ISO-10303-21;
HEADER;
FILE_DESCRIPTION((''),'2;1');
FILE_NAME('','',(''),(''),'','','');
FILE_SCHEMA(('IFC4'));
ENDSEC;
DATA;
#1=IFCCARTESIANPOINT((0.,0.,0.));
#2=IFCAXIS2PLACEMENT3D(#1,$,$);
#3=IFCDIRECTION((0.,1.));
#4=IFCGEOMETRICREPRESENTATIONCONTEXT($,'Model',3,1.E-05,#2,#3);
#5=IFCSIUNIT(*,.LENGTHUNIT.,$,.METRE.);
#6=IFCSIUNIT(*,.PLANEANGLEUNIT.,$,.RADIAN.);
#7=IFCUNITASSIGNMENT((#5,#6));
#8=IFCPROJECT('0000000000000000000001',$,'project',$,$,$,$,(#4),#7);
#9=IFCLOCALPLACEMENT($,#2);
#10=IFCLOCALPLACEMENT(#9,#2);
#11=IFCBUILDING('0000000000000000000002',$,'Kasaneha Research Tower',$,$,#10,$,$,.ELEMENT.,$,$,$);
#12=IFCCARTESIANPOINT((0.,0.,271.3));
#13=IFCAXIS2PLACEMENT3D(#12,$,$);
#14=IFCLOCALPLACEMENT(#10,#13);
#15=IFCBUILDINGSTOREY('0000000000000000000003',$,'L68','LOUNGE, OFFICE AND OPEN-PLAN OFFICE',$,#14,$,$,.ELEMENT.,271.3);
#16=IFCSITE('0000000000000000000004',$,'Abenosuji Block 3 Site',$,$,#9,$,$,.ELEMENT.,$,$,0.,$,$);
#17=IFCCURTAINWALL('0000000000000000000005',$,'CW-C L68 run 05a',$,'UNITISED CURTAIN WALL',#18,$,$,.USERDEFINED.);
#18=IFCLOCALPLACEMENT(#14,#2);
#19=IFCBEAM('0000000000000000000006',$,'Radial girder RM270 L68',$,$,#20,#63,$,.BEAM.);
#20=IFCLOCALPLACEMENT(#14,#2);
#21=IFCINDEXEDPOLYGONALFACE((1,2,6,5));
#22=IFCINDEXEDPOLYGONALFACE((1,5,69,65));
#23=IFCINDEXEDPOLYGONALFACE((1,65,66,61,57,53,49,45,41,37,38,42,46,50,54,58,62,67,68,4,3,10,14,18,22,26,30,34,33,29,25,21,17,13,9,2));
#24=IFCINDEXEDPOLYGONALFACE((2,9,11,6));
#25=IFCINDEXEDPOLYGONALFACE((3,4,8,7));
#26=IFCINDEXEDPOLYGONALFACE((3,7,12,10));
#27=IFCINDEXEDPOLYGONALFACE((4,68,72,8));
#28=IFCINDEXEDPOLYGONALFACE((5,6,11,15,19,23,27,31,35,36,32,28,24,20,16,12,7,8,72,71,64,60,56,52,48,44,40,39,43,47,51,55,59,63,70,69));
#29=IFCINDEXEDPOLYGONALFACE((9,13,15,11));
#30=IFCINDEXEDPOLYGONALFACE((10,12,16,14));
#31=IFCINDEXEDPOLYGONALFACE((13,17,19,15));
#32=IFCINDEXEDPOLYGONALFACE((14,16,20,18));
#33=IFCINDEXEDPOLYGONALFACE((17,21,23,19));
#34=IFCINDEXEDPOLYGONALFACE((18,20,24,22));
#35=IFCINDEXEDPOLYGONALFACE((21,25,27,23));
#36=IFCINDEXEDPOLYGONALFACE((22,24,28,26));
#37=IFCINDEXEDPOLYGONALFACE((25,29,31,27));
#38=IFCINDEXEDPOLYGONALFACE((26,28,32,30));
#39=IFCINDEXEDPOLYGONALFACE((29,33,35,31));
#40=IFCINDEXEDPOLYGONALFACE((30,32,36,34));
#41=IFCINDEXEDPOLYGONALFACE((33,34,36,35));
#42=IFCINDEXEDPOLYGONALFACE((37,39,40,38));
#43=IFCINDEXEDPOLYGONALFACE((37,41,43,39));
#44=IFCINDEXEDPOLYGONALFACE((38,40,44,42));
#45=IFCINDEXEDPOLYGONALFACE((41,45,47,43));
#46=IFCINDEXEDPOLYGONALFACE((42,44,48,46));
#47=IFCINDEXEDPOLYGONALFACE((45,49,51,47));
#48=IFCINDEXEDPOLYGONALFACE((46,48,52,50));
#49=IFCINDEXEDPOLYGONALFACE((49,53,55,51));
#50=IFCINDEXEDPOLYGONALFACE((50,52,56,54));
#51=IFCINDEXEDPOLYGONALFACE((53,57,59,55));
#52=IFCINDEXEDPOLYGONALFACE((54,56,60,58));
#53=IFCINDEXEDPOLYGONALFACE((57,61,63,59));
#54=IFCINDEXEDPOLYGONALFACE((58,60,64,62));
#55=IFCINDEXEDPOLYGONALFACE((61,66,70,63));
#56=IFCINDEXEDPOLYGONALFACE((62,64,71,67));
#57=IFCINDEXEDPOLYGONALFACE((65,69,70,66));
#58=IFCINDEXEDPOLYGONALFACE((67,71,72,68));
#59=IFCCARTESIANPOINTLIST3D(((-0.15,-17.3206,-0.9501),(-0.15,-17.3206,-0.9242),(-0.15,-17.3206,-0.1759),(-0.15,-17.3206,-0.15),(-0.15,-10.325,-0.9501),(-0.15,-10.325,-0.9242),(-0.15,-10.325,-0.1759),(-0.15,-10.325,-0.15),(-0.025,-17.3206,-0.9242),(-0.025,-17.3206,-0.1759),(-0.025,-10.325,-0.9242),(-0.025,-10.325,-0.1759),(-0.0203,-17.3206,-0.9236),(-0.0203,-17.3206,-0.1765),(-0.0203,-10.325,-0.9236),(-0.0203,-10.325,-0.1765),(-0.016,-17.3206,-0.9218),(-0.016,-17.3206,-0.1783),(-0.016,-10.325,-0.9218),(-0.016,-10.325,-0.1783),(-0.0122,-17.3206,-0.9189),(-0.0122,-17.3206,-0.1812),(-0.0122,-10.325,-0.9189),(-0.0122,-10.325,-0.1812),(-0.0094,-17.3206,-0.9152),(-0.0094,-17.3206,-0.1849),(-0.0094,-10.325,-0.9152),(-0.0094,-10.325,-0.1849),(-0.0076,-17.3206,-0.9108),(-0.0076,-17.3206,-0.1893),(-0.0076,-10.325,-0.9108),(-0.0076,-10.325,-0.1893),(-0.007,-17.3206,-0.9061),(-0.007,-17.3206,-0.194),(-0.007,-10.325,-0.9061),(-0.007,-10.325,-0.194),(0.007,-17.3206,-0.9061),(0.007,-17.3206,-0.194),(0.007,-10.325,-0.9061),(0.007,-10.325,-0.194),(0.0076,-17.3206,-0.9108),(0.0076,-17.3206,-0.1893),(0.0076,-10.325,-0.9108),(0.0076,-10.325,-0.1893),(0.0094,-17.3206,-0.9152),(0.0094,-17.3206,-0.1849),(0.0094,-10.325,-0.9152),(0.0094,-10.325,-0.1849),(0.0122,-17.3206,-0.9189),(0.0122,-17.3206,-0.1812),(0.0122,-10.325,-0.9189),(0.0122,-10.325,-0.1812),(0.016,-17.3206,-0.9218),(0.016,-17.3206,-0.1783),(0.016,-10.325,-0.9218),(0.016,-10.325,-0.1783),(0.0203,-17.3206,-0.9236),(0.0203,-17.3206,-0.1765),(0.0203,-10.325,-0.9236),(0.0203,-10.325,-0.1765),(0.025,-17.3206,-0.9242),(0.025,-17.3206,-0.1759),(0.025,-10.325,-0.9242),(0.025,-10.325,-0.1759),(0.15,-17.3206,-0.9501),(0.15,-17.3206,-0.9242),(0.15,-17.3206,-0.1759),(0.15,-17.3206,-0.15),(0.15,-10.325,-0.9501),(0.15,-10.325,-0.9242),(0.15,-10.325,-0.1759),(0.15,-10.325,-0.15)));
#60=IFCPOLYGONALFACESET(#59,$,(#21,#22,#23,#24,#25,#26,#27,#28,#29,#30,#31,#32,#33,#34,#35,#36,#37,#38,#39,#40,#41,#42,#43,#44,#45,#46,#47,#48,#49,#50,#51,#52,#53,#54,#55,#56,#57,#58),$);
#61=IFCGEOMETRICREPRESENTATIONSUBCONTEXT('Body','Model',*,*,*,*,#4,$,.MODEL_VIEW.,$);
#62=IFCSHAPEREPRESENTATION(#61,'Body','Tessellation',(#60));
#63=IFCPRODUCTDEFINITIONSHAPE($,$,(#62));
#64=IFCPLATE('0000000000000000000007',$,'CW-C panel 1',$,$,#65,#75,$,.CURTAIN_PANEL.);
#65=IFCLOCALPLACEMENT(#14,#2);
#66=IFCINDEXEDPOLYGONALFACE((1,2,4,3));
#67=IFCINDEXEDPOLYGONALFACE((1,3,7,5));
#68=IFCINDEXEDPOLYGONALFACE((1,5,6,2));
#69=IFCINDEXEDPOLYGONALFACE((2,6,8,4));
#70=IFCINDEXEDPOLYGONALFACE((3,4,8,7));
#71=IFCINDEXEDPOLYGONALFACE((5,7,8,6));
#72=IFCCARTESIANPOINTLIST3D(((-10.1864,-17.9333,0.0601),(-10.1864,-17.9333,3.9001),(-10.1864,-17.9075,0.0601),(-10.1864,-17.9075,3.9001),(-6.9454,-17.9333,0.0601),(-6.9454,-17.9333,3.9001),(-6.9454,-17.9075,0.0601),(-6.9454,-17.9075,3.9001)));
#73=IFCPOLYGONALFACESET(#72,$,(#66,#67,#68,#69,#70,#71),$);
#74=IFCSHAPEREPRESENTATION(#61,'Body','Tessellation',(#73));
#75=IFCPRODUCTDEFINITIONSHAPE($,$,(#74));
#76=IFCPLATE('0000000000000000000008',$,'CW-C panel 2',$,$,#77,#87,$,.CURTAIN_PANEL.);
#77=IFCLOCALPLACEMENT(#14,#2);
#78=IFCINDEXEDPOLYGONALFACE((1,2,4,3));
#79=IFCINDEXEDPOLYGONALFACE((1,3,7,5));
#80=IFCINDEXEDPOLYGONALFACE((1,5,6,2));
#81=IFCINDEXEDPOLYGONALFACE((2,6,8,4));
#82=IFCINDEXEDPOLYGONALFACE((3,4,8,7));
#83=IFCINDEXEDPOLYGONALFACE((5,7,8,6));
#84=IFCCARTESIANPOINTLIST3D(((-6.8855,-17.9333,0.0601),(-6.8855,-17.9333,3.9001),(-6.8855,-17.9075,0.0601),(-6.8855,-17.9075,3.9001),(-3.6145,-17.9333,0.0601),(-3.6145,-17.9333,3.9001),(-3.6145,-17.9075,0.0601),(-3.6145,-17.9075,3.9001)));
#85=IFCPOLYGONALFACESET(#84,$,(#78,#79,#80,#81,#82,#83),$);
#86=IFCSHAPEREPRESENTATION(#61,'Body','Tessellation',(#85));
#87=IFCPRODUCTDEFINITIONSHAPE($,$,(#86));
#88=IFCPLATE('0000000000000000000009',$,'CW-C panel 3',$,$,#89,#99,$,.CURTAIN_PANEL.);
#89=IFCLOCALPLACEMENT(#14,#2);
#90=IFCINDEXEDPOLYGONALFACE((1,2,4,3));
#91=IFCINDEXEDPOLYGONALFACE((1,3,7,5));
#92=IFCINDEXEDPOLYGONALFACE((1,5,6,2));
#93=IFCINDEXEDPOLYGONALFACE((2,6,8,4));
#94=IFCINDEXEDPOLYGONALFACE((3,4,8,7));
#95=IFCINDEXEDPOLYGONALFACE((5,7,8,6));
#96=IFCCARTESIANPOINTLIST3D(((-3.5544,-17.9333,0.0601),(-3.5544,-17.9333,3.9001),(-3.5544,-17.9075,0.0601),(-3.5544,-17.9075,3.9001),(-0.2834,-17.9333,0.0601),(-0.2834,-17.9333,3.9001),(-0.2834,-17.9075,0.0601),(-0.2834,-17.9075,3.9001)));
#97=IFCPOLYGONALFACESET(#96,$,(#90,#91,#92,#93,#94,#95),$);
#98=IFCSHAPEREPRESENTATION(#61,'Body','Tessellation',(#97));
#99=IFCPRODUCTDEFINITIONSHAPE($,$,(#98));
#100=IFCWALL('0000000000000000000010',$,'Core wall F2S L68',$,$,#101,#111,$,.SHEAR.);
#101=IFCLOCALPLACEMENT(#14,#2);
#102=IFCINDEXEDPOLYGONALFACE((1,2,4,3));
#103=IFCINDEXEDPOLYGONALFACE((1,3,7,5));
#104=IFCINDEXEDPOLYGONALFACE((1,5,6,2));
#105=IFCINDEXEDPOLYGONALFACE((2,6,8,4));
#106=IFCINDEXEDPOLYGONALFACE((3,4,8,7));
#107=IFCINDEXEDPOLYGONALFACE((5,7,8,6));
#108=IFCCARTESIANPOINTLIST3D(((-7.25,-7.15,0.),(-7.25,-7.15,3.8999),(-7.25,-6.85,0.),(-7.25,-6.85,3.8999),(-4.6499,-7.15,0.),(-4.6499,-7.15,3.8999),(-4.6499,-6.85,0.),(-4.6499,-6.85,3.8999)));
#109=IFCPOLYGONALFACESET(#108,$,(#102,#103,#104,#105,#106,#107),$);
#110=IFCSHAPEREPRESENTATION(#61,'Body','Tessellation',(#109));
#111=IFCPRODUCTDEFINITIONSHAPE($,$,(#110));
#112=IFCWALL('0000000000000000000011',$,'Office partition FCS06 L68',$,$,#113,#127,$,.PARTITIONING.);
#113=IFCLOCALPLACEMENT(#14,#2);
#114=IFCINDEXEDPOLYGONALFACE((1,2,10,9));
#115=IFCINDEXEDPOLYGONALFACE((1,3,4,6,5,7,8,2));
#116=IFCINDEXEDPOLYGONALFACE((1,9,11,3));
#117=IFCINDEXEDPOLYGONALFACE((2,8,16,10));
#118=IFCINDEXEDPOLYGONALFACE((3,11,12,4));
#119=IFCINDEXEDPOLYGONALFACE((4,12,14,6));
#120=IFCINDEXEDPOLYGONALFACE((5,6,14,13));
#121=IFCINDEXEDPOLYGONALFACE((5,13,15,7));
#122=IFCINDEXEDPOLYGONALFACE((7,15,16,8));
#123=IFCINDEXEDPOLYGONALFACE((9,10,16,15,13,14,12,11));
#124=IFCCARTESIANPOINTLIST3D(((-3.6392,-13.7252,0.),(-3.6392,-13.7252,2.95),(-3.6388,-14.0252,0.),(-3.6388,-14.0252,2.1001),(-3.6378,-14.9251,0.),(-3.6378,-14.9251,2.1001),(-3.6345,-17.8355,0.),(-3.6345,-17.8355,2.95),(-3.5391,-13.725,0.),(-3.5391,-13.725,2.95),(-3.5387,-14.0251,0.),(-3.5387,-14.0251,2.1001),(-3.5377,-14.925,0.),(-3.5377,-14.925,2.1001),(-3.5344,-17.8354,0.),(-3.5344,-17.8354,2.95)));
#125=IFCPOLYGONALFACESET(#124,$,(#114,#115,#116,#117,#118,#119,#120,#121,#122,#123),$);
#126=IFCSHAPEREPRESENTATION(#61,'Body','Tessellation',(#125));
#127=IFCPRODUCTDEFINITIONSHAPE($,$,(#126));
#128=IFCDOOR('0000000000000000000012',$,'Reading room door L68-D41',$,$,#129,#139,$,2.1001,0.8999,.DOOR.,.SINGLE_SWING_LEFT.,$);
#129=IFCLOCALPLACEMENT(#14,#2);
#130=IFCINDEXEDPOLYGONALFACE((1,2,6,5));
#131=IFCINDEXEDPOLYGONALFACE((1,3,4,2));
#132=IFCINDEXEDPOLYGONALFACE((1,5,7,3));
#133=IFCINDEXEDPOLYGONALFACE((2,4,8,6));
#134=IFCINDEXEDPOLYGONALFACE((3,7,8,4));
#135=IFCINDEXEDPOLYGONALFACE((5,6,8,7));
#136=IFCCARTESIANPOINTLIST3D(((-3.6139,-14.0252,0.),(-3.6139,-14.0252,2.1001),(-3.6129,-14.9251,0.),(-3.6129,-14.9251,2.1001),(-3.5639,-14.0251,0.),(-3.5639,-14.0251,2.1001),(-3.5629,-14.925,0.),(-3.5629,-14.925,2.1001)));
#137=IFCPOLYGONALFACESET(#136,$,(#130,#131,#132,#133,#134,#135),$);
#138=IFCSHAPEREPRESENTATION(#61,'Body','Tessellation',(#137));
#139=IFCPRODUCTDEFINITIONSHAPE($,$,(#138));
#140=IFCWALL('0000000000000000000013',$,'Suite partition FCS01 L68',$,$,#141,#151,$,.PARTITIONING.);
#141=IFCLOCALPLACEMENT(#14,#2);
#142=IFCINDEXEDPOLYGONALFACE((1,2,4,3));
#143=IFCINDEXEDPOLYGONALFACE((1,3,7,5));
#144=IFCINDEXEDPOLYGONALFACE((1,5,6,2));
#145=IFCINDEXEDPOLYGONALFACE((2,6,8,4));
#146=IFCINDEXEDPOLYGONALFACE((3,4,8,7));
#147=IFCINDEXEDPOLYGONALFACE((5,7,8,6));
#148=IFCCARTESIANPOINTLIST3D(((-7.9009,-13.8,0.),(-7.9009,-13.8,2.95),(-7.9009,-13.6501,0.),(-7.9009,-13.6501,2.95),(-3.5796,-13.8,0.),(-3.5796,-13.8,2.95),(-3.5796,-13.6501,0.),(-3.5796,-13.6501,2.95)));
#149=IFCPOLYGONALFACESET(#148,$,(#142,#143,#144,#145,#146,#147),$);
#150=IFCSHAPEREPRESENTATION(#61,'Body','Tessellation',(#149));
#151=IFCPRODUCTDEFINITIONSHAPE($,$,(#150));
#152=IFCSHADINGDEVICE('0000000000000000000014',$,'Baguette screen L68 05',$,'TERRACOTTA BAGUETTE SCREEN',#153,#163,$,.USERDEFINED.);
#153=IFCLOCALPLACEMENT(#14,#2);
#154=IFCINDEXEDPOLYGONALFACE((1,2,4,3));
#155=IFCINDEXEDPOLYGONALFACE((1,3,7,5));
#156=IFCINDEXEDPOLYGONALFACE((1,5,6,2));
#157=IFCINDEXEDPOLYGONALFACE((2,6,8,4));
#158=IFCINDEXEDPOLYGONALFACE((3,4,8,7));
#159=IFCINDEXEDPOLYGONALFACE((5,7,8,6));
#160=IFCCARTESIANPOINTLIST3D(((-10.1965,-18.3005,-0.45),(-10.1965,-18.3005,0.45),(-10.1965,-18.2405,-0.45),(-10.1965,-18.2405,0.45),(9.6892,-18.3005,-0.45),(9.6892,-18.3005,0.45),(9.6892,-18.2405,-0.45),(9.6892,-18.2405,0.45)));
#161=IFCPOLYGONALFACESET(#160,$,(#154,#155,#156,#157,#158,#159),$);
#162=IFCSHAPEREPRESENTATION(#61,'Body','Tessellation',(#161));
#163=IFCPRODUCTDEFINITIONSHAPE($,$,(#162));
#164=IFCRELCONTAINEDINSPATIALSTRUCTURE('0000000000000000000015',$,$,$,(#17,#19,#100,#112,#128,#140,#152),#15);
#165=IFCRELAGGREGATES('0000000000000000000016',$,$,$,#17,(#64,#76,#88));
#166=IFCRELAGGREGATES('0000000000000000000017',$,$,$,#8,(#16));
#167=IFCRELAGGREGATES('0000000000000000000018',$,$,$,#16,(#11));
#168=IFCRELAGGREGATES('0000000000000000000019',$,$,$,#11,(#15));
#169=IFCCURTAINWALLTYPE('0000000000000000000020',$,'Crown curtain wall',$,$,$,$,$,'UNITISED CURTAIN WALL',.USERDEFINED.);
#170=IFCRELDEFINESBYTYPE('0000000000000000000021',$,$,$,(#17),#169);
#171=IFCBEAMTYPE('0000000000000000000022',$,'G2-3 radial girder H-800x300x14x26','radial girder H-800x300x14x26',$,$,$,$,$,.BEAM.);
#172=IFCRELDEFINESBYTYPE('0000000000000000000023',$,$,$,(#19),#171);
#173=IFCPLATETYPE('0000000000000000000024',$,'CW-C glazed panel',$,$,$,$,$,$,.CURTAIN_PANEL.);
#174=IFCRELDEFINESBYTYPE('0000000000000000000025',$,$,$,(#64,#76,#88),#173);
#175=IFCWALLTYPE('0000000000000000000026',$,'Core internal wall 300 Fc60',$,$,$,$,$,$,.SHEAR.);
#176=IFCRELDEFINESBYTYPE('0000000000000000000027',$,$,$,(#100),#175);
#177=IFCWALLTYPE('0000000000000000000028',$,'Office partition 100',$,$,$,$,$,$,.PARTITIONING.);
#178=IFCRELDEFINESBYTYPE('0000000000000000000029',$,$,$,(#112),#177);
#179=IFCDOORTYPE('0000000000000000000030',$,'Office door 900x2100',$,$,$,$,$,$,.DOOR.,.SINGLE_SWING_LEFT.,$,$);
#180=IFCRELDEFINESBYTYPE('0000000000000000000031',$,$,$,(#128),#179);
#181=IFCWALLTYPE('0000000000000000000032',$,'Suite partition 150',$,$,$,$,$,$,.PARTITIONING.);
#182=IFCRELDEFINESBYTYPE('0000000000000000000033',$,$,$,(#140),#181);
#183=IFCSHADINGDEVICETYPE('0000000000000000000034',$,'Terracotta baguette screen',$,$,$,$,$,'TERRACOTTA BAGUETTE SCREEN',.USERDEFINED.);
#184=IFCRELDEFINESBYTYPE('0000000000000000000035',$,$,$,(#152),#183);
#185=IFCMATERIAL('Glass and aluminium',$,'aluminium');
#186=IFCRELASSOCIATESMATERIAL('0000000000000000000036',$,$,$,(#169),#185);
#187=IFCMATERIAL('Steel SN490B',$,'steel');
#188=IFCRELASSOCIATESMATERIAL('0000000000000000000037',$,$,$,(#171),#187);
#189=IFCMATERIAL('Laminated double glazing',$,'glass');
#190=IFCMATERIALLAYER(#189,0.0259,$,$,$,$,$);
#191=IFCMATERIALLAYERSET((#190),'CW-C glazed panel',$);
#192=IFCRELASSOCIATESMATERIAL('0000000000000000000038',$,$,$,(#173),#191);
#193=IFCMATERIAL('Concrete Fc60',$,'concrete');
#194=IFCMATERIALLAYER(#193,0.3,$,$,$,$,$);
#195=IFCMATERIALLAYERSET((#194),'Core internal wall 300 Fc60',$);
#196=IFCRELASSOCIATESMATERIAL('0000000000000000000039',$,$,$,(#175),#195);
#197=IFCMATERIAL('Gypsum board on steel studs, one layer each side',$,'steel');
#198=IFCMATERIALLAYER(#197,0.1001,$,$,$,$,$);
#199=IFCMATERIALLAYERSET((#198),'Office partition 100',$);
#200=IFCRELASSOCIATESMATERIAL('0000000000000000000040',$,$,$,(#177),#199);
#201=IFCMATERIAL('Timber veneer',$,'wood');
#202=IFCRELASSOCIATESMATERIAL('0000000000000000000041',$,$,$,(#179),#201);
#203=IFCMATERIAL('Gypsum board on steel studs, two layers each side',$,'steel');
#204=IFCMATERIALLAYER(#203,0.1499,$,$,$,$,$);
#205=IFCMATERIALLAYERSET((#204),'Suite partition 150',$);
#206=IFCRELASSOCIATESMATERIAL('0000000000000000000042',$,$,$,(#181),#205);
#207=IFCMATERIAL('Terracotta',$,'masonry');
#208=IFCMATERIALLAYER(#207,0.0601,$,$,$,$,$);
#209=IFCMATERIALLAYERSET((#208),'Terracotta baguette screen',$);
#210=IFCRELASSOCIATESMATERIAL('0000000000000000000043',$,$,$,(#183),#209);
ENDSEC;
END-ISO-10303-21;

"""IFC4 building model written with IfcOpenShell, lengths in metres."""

from ifc_helpers import new_model, si_unit, direction, frame, frame_2d, origin, origin_2d, place, context, subcontext, project, spatial, rectangle, i_section, extrude, material, layer, layer_set, material_profile, profile_set, type_object, element, fill, aggregate, save


model = new_model("IFC4")

# Units and contexts
model_context = context("Model", 3, precision=1e-05, world=origin(), true_north=direction((0.0, 1.0)))
body_context = subcontext(model_context, "Body", "Model", "MODEL_VIEW")
ifc_project = project(units=[si_unit("LENGTHUNIT", "METRE"), si_unit("PLANEANGLEUNIT", "RADIAN")], contexts=[model_context])

# Site, building, storey
site_placement = place(None, origin())
site = spatial("IfcSite", under=ifc_project, at=site_placement, Name="Abenosuji Block 3 Site", CompositionType="ELEMENT", RefElevation=0.0)
building_placement = place(site_placement, origin())
building = spatial("IfcBuilding", under=site, at=building_placement, Name="Kasaneha Research Tower", CompositionType="ELEMENT")
storey_placement = place(building_placement, frame((0.0, 0.0, 271.3)))
storey = spatial("IfcBuildingStorey", under=building, at=storey_placement, Name="L68", Description="LOUNGE, OFFICE AND OPEN-PLAN OFFICE", CompositionType="ELEMENT", Elevation=271.3)

# Curtain wall
ifc_material_1 = material(Name="Glass and aluminium", Category="aluminium")
curtain_wall_type = type_object("IfcCurtainWallType", Name="Crown curtain wall", ElementType="UNITISED CURTAIN WALL", PredefinedType="USERDEFINED", material=ifc_material_1)
curtain_wall_placement = place(storey_placement, origin())
curtain_wall = element("IfcCurtainWall", 1, at=curtain_wall_placement, inside=storey, type_object=curtain_wall_type, Name="CW-C L68 run 05a", ObjectType="UNITISED CURTAIN WALL", PredefinedType="USERDEFINED")

# Beam
ifc_material_2 = material(Name="Steel SN490B", Category="steel")
ifc_material_profile_1 = material_profile(ifc_material_2, i_section(OverallWidth=0.3, OverallDepth=0.8, WebThickness=0.0139, FlangeThickness=0.0259, FilletRadius=0.0181, at=origin_2d()), Name="H-800x300x14x26")
ifc_profile_set_1 = profile_set([ifc_material_profile_1], Name="Steel SN490B")
beam_type_1 = type_object("IfcBeamType", Name="G2-3 radial girder H-800x300x14x26", Description="radial girder H-800x300x14x26", PredefinedType="BEAM", material=ifc_profile_set_1)
beam_1_placement = place(storey_placement, frame((0.0, -10.325, -0.55), z_axis=(0.0, -1.0, 0.0), x_axis=(1.0, 0.0, 0.0)))
element("IfcBeam", 2, at=beam_1_placement, inside=storey, type_object=beam_type_1, Name="Radial girder RM270 L68", PredefinedType="BEAM", context=body_context, shape_type="SweptSolid", body=[
    extrude(i_section(OverallWidth=0.3, OverallDepth=0.8, WebThickness=0.0139, FlangeThickness=0.0259, FilletRadius=0.0181, at=origin_2d()), origin(), (0.0, 0.0, 1.0), 6.9956),
])

# Plates
ifc_material_3 = material(Name="Laminated double glazing", Category="glass")
ifc_layer_1 = layer(ifc_material_3, 0.0259)
ifc_layer_set_1 = layer_set([ifc_layer_1], Name="CW-C glazed panel")
plate_type = type_object("IfcPlateType", Name="CW-C glazed panel", PredefinedType="CURTAIN_PANEL", material=ifc_layer_set_1)
plate_1_placement = place(storey_placement, frame((-8.5659, -17.9204, 0.0601), z_axis=(0.0, 0.0, 1.0), x_axis=(1.0, 0.0, 0.0)))
plate_1 = element("IfcPlate", 3, at=plate_1_placement, type_object=plate_type, Name="CW-C panel 1", PredefinedType="CURTAIN_PANEL", context=body_context, shape_type="SweptSolid", body=[
    extrude(rectangle(XDim=3.241, YDim=0.0259, at=origin_2d()), origin(), (0.0, 0.0, 1.0), 3.8401),
])
plate_2_placement = place(storey_placement, frame((-5.25, -17.9204, 0.0601), z_axis=(0.0, 0.0, 1.0), x_axis=(1.0, 0.0, 0.0)))
plate_2 = element("IfcPlate", 4, at=plate_2_placement, type_object=plate_type, Name="CW-C panel 2", PredefinedType="CURTAIN_PANEL", context=body_context, shape_type="SweptSolid", body=[
    extrude(rectangle(XDim=3.271, YDim=0.0259, at=origin_2d()), origin(), (0.0, 0.0, 1.0), 3.8401),
])
plate_3_placement = place(storey_placement, frame((-1.9189, -17.9204, 0.0601), z_axis=(0.0, 0.0, 1.0), x_axis=(1.0, 0.0, 0.0)))
plate_3 = element("IfcPlate", 5, at=plate_3_placement, type_object=plate_type, Name="CW-C panel 3", PredefinedType="CURTAIN_PANEL", context=body_context, shape_type="SweptSolid", body=[
    extrude(rectangle(XDim=3.271, YDim=0.0259, at=origin_2d()), origin(), (0.0, 0.0, 1.0), 3.8401),
])
aggregate(curtain_wall, [plate_1, plate_2, plate_3])

# Wall
ifc_material_4 = material(Name="Concrete Fc60", Category="concrete")
ifc_layer_2 = layer(ifc_material_4, 0.3)
ifc_layer_set_2 = layer_set([ifc_layer_2], Name="Core internal wall 300 Fc60")
wall_type_1 = type_object("IfcWallType", Name="Core internal wall 300 Fc60", PredefinedType="SHEAR", material=ifc_layer_set_2)
wall_1_placement = place(storey_placement, frame((-7.25, -7.0, 0.0), z_axis=(0.0, 0.0, 1.0), x_axis=(1.0, 0.0, 0.0)))
element("IfcWall", 6, at=wall_1_placement, inside=storey, type_object=wall_type_1, Name="Core wall F2S L68", PredefinedType="SHEAR", context=body_context, shape_type="SweptSolid", body=[
    extrude(rectangle(XDim=2.6001, YDim=0.3, at=frame_2d((1.3, 0.0))), origin(), (0.0, 0.0, 1.0), 3.8999),
])

# Wall, opening, door
ifc_material_5 = material(Name="Gypsum board on steel studs, one layer each side", Category="steel")
ifc_layer_3 = layer(ifc_material_5, 0.1001)
ifc_layer_set_3 = layer_set([ifc_layer_3], Name="Office partition 100")
wall_type_2 = type_object("IfcWallType", Name="Office partition 100", PredefinedType="PARTITIONING", material=ifc_layer_set_3)
wall_2_placement = place(storey_placement, frame((-3.5891, -13.7251, 0.0), z_axis=(0.0, 0.0, 1.0), x_axis=(0.001129, -0.999999, 0.0)))
wall_2 = element("IfcWall", 7, at=wall_2_placement, inside=storey, type_object=wall_type_2, Name="Office partition FCS06 L68", PredefinedType="PARTITIONING", context=body_context, shape_type="SweptSolid", body=[
    extrude(rectangle(XDim=4.1104, YDim=0.1001, at=frame_2d((2.0552, 0.0))), origin(), (0.0, 0.0, 1.0), 2.95),
])
opening_1_placement = place(wall_2_placement, frame((0.3, 0.0, 0.0)))
opening_1 = element("IfcOpeningElement", 8, at=opening_1_placement, cuts=wall_2, PredefinedType="OPENING", context=body_context, shape_type="SweptSolid", body=[
    extrude(rectangle(XDim=0.8999, YDim=2.1001, at=frame_2d((0.45, 1.05))), frame((0.0, 0.0601, 0.0), z_axis=(0.0, -1.0, 0.0), x_axis=(1.0, 0.0, 0.0)), (0.0, 0.0, 1.0), 0.1201),
])
ifc_material_6 = material(Name="Timber veneer", Category="wood")
door_type_1 = type_object("IfcDoorType", Name="Office door 900x2100", OperationType="SINGLE_SWING_LEFT", PredefinedType="DOOR", material=ifc_material_6)
door_1_placement = place(opening_1_placement, origin())
door_1 = element("IfcDoor", 9, at=door_1_placement, inside=storey, type_object=door_type_1, Name="Reading room door L68-D41", OperationType="SINGLE_SWING_LEFT", OverallHeight=2.1001, OverallWidth=0.8999, PredefinedType="DOOR", context=body_context, shape_type="SweptSolid", body=[
    extrude(rectangle(XDim=0.8999, YDim=2.1001, at=frame_2d((0.45, 1.05))), frame((0.0, 0.0249, 0.0), z_axis=(0.0, -1.0, 0.0), x_axis=(1.0, 0.0, 0.0)), (0.0, 0.0, 1.0), 0.05),
])
fill(opening_1, door_1)

# Wall
ifc_material_7 = material(Name="Gypsum board on steel studs, two layers each side", Category="steel")
ifc_layer_4 = layer(ifc_material_7, 0.1499)
ifc_layer_set_4 = layer_set([ifc_layer_4], Name="Suite partition 150")
wall_type_3 = type_object("IfcWallType", Name="Suite partition 150", PredefinedType="PARTITIONING", material=ifc_layer_set_4)
wall_3_placement = place(storey_placement, frame((-3.5796, -13.7251, 0.0), z_axis=(0.0, 0.0, 1.0), x_axis=(-1.0, 0.0, 0.0)))
element("IfcWall", 10, at=wall_3_placement, inside=storey, type_object=wall_type_3, Name="Suite partition FCS01 L68", PredefinedType="PARTITIONING", context=body_context, shape_type="SweptSolid", body=[
    extrude(rectangle(XDim=4.3213, YDim=0.1499, at=frame_2d((2.1606, 0.0))), origin(), (0.0, 0.0, 1.0), 2.95),
])

# Shading device
ifc_material_8 = material(Name="Terracotta", Category="masonry")
ifc_layer_5 = layer(ifc_material_8, 0.0601)
ifc_layer_set_5 = layer_set([ifc_layer_5], Name="Terracotta baguette screen")
shading_device_type = type_object("IfcShadingDeviceType", Name="Terracotta baguette screen", ElementType="TERRACOTTA BAGUETTE SCREEN", PredefinedType="USERDEFINED", material=ifc_layer_set_5)
shading_device_placement = place(storey_placement, frame((-0.2537, -18.2705, -0.45), z_axis=(0.0, 0.0, 1.0), x_axis=(1.0, 0.0, 0.0)))
element("IfcShadingDevice", 11, at=shading_device_placement, inside=storey, type_object=shading_device_type, Name="Baguette screen L68 05", ObjectType="TERRACOTTA BAGUETTE SCREEN", PredefinedType="USERDEFINED", context=body_context, shape_type="SweptSolid", body=[
    extrude(rectangle(XDim=19.8857, YDim=0.0601, at=origin_2d()), origin(), (0.0, 0.0, 1.0), 0.8999),
])

save(model, "model.ifc")
